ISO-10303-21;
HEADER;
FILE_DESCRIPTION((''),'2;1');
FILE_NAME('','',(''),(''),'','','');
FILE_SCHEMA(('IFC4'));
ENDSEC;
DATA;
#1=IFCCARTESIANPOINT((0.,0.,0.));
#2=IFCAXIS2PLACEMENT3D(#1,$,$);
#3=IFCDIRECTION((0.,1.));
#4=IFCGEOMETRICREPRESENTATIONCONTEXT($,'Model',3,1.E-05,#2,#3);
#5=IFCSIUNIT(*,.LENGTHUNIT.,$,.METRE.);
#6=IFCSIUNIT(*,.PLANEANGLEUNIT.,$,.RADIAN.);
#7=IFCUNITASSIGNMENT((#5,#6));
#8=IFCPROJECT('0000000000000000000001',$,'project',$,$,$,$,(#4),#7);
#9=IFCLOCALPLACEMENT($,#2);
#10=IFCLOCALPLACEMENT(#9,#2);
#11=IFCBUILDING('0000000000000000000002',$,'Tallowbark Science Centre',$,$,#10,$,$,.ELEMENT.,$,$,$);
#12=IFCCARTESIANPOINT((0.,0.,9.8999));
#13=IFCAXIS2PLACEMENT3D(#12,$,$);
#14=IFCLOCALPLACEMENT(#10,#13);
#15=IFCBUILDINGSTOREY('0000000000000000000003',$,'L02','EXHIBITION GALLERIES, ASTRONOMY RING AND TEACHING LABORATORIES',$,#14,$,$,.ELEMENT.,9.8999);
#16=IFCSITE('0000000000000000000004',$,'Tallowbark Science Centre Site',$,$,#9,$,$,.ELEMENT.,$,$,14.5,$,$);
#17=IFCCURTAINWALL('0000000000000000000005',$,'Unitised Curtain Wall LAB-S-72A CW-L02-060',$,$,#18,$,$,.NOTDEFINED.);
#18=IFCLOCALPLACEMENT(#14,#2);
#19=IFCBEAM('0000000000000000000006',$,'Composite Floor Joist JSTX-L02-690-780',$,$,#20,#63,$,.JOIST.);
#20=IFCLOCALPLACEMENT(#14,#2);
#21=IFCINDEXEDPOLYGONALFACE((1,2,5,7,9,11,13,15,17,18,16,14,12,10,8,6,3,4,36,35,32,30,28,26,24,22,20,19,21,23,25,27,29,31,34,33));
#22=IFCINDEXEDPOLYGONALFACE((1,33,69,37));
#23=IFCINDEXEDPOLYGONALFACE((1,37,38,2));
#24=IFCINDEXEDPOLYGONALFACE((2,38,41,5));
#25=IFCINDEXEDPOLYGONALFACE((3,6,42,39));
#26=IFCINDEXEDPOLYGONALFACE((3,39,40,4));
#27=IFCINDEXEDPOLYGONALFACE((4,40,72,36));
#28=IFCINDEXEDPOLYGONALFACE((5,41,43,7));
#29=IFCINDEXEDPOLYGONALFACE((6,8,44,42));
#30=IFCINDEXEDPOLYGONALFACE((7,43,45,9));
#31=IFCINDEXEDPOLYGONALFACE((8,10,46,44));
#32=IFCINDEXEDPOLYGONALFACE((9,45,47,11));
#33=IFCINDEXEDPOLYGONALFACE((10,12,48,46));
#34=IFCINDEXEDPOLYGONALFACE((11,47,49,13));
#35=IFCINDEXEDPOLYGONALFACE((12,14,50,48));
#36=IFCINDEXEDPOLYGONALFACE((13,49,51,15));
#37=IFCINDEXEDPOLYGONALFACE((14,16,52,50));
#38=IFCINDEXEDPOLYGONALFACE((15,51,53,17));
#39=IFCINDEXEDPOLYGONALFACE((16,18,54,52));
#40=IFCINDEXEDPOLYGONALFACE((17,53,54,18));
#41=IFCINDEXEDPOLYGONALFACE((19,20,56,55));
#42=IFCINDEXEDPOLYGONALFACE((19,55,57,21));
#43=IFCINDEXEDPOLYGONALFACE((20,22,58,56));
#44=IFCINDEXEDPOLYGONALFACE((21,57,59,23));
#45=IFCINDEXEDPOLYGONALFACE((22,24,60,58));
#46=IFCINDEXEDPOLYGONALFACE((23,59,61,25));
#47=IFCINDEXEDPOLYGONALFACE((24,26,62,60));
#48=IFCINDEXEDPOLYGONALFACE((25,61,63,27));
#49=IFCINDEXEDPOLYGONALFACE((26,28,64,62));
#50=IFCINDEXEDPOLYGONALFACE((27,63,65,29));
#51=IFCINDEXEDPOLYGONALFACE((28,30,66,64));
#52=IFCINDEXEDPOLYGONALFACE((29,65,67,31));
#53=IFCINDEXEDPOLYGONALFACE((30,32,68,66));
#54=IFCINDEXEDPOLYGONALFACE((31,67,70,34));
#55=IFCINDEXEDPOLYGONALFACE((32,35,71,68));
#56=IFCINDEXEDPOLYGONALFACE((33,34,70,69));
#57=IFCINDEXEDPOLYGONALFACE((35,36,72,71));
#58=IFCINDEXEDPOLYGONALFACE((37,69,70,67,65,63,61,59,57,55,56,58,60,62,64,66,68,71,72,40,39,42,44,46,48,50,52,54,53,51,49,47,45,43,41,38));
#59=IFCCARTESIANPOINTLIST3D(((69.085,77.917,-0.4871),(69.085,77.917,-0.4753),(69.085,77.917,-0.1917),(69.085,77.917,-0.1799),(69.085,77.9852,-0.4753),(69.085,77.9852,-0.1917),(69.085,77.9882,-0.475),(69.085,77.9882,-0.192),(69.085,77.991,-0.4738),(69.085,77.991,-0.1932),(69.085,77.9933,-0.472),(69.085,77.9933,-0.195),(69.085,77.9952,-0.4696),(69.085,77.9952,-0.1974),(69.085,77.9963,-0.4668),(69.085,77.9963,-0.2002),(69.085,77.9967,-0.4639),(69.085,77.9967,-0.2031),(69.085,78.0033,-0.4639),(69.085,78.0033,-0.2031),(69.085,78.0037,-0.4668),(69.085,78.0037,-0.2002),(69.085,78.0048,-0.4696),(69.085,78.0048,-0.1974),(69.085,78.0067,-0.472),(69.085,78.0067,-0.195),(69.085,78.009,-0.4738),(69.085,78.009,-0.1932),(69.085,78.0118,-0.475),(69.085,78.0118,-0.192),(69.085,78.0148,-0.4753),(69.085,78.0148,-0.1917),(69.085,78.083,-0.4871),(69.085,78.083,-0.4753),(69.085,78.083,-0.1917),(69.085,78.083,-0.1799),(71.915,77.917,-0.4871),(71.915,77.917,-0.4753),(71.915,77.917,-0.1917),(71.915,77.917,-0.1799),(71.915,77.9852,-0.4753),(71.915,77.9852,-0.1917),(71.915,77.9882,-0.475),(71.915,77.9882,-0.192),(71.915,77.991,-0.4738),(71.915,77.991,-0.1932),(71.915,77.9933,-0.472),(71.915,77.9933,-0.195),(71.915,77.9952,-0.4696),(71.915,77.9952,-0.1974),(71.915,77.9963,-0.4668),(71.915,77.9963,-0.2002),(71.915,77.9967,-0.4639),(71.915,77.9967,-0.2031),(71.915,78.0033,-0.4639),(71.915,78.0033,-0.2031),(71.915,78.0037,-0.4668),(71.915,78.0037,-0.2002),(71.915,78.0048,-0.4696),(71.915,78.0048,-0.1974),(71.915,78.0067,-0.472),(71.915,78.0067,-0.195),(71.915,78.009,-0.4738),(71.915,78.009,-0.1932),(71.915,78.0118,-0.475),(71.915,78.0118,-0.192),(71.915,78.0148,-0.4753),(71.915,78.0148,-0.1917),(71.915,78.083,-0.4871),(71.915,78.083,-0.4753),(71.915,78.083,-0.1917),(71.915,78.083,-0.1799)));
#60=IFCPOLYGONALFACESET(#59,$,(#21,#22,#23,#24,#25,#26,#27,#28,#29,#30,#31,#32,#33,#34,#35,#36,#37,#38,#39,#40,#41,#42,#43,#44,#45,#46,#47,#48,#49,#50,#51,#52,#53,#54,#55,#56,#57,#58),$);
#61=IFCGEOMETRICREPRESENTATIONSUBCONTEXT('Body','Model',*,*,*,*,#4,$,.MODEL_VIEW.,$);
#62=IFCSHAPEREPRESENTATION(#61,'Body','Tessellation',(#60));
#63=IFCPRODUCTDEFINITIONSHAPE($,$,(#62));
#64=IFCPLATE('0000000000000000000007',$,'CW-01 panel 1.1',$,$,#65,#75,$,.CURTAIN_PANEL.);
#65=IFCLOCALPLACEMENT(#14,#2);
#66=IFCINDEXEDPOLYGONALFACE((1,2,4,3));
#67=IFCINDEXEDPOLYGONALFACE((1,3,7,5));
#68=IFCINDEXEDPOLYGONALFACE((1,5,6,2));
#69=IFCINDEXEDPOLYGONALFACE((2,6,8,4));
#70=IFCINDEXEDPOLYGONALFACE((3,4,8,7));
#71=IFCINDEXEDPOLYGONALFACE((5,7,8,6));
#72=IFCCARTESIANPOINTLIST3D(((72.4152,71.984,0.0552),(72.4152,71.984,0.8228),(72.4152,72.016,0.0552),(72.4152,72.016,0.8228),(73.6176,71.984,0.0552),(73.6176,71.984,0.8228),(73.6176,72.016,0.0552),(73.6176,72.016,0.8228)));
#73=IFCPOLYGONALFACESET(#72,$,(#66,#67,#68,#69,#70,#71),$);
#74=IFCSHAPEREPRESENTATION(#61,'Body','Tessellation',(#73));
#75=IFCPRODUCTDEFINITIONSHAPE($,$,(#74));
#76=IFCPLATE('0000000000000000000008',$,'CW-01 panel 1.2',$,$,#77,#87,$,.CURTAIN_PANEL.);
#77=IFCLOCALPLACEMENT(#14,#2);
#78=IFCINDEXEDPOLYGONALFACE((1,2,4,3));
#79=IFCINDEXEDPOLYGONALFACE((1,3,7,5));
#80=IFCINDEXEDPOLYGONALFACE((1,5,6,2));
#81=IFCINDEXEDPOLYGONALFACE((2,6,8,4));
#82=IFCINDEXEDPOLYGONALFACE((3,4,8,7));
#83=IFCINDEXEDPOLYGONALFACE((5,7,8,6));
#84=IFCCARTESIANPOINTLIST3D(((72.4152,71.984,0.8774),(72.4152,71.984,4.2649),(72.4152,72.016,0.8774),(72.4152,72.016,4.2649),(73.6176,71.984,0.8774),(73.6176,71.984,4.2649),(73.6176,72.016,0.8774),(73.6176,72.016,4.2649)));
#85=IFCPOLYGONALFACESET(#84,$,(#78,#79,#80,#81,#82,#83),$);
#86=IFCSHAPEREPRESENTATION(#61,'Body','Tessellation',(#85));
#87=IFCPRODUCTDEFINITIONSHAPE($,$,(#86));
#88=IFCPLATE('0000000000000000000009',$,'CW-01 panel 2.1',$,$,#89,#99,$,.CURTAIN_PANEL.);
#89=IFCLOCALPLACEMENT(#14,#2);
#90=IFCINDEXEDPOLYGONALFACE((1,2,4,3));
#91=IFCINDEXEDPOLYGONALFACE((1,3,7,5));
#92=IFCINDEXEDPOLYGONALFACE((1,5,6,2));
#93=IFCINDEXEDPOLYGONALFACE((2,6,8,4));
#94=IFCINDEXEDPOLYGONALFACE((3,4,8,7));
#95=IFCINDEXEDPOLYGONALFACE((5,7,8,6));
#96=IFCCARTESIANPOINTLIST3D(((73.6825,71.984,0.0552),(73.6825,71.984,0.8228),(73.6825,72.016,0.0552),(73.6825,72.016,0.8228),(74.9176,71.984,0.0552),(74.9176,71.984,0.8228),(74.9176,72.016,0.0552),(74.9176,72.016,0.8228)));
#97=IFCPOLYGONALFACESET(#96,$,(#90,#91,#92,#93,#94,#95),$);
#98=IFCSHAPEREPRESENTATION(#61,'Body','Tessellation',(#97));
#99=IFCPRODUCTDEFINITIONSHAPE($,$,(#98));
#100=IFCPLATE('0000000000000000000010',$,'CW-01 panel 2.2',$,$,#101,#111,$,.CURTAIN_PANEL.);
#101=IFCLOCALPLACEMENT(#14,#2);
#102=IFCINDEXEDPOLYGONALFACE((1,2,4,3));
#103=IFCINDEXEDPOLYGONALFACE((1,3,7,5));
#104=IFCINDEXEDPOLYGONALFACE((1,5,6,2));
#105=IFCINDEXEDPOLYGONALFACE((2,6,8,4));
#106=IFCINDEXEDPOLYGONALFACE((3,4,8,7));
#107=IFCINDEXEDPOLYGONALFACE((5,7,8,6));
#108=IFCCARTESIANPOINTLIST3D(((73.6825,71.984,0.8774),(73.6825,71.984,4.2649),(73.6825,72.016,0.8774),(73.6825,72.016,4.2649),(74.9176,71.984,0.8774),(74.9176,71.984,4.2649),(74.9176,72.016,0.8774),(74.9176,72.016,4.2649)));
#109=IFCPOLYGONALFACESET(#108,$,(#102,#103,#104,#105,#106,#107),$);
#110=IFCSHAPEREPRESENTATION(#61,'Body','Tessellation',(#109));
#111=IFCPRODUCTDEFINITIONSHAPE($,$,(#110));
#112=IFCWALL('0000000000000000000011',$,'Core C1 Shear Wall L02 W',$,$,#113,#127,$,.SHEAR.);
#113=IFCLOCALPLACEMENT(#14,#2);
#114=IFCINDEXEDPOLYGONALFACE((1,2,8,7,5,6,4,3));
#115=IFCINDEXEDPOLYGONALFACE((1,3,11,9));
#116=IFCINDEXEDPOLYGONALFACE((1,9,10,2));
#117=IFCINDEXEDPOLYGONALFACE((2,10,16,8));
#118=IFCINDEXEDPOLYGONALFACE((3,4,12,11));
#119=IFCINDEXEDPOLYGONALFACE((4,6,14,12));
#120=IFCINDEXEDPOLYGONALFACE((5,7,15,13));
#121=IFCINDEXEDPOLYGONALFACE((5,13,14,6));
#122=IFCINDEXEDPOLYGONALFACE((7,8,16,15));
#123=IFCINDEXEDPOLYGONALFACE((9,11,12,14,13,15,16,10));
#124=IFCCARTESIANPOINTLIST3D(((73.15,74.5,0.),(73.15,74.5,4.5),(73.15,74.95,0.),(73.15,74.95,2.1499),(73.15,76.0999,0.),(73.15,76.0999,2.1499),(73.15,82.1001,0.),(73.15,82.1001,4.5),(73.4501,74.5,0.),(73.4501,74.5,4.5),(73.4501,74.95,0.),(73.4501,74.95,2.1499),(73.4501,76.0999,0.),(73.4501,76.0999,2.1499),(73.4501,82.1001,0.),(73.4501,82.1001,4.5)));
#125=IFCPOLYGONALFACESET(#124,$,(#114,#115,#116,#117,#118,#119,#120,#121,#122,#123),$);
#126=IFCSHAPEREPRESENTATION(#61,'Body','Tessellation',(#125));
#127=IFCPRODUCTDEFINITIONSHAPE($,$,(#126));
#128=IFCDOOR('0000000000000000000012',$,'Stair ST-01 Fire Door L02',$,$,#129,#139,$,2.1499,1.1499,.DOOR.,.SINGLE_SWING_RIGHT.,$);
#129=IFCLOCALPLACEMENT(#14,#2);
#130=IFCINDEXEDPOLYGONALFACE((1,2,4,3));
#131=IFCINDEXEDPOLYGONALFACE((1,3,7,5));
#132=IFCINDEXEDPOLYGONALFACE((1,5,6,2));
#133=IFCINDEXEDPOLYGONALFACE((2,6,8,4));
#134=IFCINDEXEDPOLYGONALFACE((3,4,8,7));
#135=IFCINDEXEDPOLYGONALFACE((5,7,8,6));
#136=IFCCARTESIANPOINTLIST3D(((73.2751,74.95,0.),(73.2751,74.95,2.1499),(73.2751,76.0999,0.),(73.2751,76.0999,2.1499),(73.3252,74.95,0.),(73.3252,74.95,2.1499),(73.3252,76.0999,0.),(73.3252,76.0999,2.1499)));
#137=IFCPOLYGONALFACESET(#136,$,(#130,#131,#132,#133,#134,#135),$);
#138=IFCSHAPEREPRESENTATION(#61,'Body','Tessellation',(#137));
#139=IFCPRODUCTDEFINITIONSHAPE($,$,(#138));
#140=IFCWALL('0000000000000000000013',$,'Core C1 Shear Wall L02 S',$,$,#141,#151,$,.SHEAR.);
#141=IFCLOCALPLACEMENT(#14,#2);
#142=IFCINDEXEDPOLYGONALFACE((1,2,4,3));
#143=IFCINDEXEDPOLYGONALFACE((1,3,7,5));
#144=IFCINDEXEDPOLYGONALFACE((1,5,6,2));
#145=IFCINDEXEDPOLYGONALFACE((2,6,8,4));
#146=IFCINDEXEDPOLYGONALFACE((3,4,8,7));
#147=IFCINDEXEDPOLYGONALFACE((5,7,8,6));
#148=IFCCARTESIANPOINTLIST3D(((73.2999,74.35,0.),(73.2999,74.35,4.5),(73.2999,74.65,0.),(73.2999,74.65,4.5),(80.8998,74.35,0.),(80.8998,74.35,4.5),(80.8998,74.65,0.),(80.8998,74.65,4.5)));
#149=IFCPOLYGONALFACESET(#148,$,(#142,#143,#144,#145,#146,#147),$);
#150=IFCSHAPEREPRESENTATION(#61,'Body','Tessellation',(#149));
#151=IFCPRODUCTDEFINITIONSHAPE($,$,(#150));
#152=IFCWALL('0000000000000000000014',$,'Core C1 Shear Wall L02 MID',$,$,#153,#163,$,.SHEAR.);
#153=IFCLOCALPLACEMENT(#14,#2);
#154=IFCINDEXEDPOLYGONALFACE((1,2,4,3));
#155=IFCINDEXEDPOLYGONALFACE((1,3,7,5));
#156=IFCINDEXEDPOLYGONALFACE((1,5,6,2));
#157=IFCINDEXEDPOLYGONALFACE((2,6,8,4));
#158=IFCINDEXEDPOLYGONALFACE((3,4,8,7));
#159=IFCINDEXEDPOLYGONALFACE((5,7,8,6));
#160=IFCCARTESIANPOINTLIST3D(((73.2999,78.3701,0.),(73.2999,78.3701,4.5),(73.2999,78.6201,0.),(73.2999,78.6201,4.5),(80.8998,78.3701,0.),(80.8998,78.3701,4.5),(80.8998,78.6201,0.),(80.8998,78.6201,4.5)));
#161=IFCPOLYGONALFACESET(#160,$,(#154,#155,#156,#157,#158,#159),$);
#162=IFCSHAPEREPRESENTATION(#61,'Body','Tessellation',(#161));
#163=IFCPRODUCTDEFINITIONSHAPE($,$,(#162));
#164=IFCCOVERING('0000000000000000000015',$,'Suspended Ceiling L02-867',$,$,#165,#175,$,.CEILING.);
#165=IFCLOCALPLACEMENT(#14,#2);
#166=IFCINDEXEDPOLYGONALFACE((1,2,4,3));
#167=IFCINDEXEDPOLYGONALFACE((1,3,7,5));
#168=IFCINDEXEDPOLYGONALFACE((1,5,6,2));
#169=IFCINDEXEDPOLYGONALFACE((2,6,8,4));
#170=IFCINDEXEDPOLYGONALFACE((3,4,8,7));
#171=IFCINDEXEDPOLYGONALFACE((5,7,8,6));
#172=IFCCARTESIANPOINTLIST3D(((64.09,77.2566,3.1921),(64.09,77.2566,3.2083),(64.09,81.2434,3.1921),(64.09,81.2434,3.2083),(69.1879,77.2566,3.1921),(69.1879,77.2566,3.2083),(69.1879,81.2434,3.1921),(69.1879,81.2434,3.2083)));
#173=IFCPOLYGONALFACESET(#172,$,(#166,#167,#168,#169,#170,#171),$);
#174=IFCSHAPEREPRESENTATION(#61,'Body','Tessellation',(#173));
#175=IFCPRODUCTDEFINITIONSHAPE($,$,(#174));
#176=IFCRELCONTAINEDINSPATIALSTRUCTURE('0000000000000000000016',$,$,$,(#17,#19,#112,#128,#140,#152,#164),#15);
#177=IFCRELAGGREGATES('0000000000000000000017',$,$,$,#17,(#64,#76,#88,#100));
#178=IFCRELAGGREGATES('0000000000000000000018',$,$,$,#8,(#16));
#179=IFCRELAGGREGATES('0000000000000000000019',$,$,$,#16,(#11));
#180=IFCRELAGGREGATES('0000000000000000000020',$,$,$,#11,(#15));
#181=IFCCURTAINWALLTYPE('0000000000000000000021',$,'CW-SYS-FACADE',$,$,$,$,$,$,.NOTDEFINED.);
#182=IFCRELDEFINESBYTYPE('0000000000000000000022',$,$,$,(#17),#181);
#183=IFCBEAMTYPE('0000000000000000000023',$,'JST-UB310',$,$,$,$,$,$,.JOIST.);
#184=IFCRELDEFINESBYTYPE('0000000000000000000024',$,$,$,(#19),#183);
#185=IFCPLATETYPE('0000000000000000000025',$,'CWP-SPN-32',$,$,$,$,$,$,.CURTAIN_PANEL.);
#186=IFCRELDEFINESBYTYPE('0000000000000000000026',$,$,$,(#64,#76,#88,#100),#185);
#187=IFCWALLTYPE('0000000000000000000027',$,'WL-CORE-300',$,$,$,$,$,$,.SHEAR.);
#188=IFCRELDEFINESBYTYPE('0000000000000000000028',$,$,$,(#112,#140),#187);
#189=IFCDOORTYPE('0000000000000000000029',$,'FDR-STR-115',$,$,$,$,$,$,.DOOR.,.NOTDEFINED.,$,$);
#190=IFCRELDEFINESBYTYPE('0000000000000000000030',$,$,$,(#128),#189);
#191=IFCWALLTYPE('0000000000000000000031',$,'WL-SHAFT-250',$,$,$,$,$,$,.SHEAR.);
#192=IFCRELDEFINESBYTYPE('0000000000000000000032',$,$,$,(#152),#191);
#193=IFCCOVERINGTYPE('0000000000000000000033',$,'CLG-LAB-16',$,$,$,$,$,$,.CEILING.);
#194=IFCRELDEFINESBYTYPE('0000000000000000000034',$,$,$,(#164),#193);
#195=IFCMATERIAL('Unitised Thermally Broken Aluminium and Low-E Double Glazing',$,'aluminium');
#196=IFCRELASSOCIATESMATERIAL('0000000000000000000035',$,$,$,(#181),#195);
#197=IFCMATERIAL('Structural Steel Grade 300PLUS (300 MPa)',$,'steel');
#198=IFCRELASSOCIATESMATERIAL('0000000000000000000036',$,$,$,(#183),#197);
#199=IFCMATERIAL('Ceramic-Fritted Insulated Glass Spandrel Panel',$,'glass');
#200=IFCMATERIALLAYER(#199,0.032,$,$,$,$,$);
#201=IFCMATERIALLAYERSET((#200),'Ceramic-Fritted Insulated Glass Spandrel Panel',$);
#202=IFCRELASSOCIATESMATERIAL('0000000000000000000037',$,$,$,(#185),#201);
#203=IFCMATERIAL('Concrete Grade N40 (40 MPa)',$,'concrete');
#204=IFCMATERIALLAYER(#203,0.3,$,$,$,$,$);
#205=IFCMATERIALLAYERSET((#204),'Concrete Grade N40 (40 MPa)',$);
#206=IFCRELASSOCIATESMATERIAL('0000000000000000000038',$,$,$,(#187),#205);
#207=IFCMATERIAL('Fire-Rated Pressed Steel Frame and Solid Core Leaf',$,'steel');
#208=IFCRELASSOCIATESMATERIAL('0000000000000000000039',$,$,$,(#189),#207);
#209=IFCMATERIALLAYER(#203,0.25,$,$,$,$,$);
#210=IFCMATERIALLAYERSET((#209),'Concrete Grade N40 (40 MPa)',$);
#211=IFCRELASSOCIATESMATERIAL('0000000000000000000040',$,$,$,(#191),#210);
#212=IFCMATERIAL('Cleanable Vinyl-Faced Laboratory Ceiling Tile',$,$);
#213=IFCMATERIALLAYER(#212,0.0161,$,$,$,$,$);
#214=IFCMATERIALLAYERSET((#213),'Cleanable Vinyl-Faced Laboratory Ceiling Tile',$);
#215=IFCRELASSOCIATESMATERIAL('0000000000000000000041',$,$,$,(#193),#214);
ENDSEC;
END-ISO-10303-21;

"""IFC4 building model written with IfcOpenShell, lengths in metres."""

from ifc_helpers import new_model, si_unit, direction, frame, frame_2d, origin, origin_2d, place, context, subcontext, project, spatial, rectangle, i_section, extrude, material, layer, layer_set, material_profile, profile_set, type_object, element, fill, aggregate, save


model = new_model("IFC4")

# Units and contexts
model_context = context("Model", 3, precision=1e-05, world=origin(), true_north=direction((0.0, 1.0)))
body_context = subcontext(model_context, "Body", "Model", "MODEL_VIEW")
ifc_project = project(units=[si_unit("LENGTHUNIT", "METRE"), si_unit("PLANEANGLEUNIT", "RADIAN")], contexts=[model_context])

# Site, building, storey
site_placement = place(None, origin())
site = spatial("IfcSite", under=ifc_project, at=site_placement, Name="Tallowbark Science Centre Site", CompositionType="ELEMENT", RefElevation=14.5)
building_placement = place(site_placement, origin())
building = spatial("IfcBuilding", under=site, at=building_placement, Name="Tallowbark Science Centre", CompositionType="ELEMENT")
storey_placement = place(building_placement, frame((0.0, 0.0, 9.8999)))
storey = spatial("IfcBuildingStorey", under=building, at=storey_placement, Name="L02", Description="EXHIBITION GALLERIES, ASTRONOMY RING AND TEACHING LABORATORIES", CompositionType="ELEMENT", Elevation=9.8999)

# Curtain wall
ifc_material_1 = material(Name="Unitised Thermally Broken Aluminium and Low-E Double Glazing", Category="aluminium")
curtain_wall_type = type_object("IfcCurtainWallType", Name="CW-SYS-FACADE", PredefinedType="NOTDEFINED", material=ifc_material_1)
curtain_wall_placement = place(storey_placement, origin())
curtain_wall = element("IfcCurtainWall", 1, at=curtain_wall_placement, inside=storey, type_object=curtain_wall_type, Name="Unitised Curtain Wall LAB-S-72A CW-L02-060", PredefinedType="NOTDEFINED")

# Beam
ifc_material_2 = material(Name="Structural Steel Grade 300PLUS (300 MPa)", Category="steel")
ifc_material_profile_1 = material_profile(ifc_material_2, i_section(OverallWidth=0.166, OverallDepth=0.3071, WebThickness=0.0066, FlangeThickness=0.0117, FilletRadius=0.0115, at=origin_2d()), Name="310UB46.2")
ifc_profile_set_1 = profile_set([ifc_material_profile_1], Name="Structural Steel Grade 300PLUS (300 MPa)")
beam_type = type_object("IfcBeamType", Name="JST-UB310", PredefinedType="JOIST", material=ifc_profile_set_1)
for number, where, z_axis, x_axis, name in (
    (2, (69.085, 78.0, -0.3335), (1.0, 0.0, 0.0), (0.0, 1.0, 0.0), "Composite Floor Joist JSTX-L02-690-780"),
):
    element("IfcBeam", number, at=place(storey_placement, frame(where, z_axis=z_axis, x_axis=x_axis)), inside=storey, type_object=beam_type, Name=name, PredefinedType="JOIST", context=body_context, shape_type="SweptSolid", body=[
        extrude(i_section(OverallWidth=0.166, OverallDepth=0.3071, WebThickness=0.0066, FlangeThickness=0.0117, FilletRadius=0.0115, at=origin_2d()), origin(), (0.0, 0.0, 1.0), 2.8301),
    ])

# Plates
ifc_material_3 = material(Name="Ceramic-Fritted Insulated Glass Spandrel Panel", Category="glass")
ifc_layer_1 = layer(ifc_material_3, 0.032)
ifc_layer_set_1 = layer_set([ifc_layer_1], Name="Ceramic-Fritted Insulated Glass Spandrel Panel")
plate_type = type_object("IfcPlateType", Name="CWP-SPN-32", PredefinedType="CURTAIN_PANEL", material=ifc_layer_set_1)
plate_1_placement = place(storey_placement, frame((73.0164, 72.0, 0.0552), z_axis=(0.0, 0.0, 1.0), x_axis=(1.0, 0.0, 0.0)))
plate_1 = element("IfcPlate", 3, at=plate_1_placement, type_object=plate_type, Name="CW-01 panel 1.1", PredefinedType="CURTAIN_PANEL", context=body_context, shape_type="SweptSolid", body=[
    extrude(rectangle(XDim=1.2024, YDim=0.032, at=origin_2d()), origin(), (0.0, 0.0, 1.0), 0.7676),
])
plate_2_placement = place(storey_placement, frame((73.0164, 72.0, 0.8774), z_axis=(0.0, 0.0, 1.0), x_axis=(1.0, 0.0, 0.0)))
plate_2 = element("IfcPlate", 4, at=plate_2_placement, type_object=plate_type, Name="CW-01 panel 1.2", PredefinedType="CURTAIN_PANEL", context=body_context, shape_type="SweptSolid", body=[
    extrude(rectangle(XDim=1.2024, YDim=0.032, at=origin_2d()), origin(), (0.0, 0.0, 1.0), 3.3875),
])
plate_3_placement = place(storey_placement, frame((74.3, 72.0, 0.0552), z_axis=(0.0, 0.0, 1.0), x_axis=(1.0, 0.0, 0.0)))
plate_3 = element("IfcPlate", 5, at=plate_3_placement, type_object=plate_type, Name="CW-01 panel 2.1", PredefinedType="CURTAIN_PANEL", context=body_context, shape_type="SweptSolid", body=[
    extrude(rectangle(XDim=1.2351, YDim=0.032, at=origin_2d()), origin(), (0.0, 0.0, 1.0), 0.7676),
])
plate_4_placement = place(storey_placement, frame((74.3, 72.0, 0.8774), z_axis=(0.0, 0.0, 1.0), x_axis=(1.0, 0.0, 0.0)))
plate_4 = element("IfcPlate", 6, at=plate_4_placement, type_object=plate_type, Name="CW-01 panel 2.2", PredefinedType="CURTAIN_PANEL", context=body_context, shape_type="SweptSolid", body=[
    extrude(rectangle(XDim=1.2351, YDim=0.032, at=origin_2d()), origin(), (0.0, 0.0, 1.0), 3.3875),
])
aggregate(curtain_wall, [plate_1, plate_2, plate_3, plate_4])

# Wall, opening, door
ifc_material_4 = material(Name="Concrete Grade N40 (40 MPa)", Category="concrete")
ifc_layer_2 = layer(ifc_material_4, 0.3)
ifc_layer_set_2 = layer_set([ifc_layer_2], Name="Concrete Grade N40 (40 MPa)")
wall_type_1 = type_object("IfcWallType", Name="WL-CORE-300", PredefinedType="SHEAR", material=ifc_layer_set_2)
wall_1_placement = place(storey_placement, frame((73.3, 74.5, 0.0), z_axis=(0.0, 0.0, 1.0), x_axis=(0.0, 1.0, 0.0)))
wall_1 = element("IfcWall", 7, at=wall_1_placement, inside=storey, type_object=wall_type_1, Name="Core C1 Shear Wall L02 W", PredefinedType="SHEAR", context=body_context, shape_type="SweptSolid", body=[
    extrude(rectangle(XDim=7.6001, YDim=0.3, at=frame_2d((3.8, 0.0))), origin(), (0.0, 0.0, 1.0), 4.5),
])
opening_placement = place(wall_1_placement, frame((0.45, 0.0, 0.0)))
opening = element("IfcOpeningElement", 8, at=opening_placement, cuts=wall_1, PredefinedType="OPENING", context=body_context, shape_type="SweptSolid", body=[
    extrude(rectangle(XDim=1.1499, YDim=2.1499, at=frame_2d((0.575, 1.075))), frame((0.0, 0.1602, 0.0), z_axis=(0.0, -1.0, 0.0), x_axis=(1.0, 0.0, 0.0)), (0.0, 0.0, 1.0), 0.3201),
])
ifc_material_5 = material(Name="Fire-Rated Pressed Steel Frame and Solid Core Leaf", Category="steel")
door_type = type_object("IfcDoorType", Name="FDR-STR-115", OperationType="NOTDEFINED", PredefinedType="DOOR", material=ifc_material_5)
door_placement = place(opening_placement, origin())
door = element("IfcDoor", 9, at=door_placement, inside=storey, type_object=door_type, Name="Stair ST-01 Fire Door L02", OperationType="SINGLE_SWING_RIGHT", OverallHeight=2.1499, OverallWidth=1.1499, PredefinedType="DOOR", context=body_context, shape_type="SweptSolid", body=[
    extrude(rectangle(XDim=1.1499, YDim=2.1499, at=frame_2d((0.575, 1.075))), frame((0.0, 0.0249, 0.0), z_axis=(0.0, -1.0, 0.0), x_axis=(1.0, 0.0, 0.0)), (0.0, 0.0, 1.0), 0.05),
])
fill(opening, door)

# Walls
wall_2_placement = place(storey_placement, frame((73.3, 74.5, 0.0), z_axis=(0.0, 0.0, 1.0), x_axis=(1.0, 0.0, 0.0)))
element("IfcWall", 10, at=wall_2_placement, inside=storey, type_object=wall_type_1, Name="Core C1 Shear Wall L02 S", PredefinedType="SHEAR", context=body_context, shape_type="SweptSolid", body=[
    extrude(rectangle(XDim=7.5999, YDim=0.3, at=frame_2d((3.7998, 0.0))), origin(), (0.0, 0.0, 1.0), 4.5),
])
ifc_layer_3 = layer(ifc_material_4, 0.25)
ifc_layer_set_3 = layer_set([ifc_layer_3], Name="Concrete Grade N40 (40 MPa)")
wall_type_2 = type_object("IfcWallType", Name="WL-SHAFT-250", PredefinedType="SHEAR", material=ifc_layer_set_3)
wall_3_placement = place(storey_placement, frame((73.3, 78.4951, 0.0), z_axis=(0.0, 0.0, 1.0), x_axis=(1.0, 0.0, 0.0)))
element("IfcWall", 11, at=wall_3_placement, inside=storey, type_object=wall_type_2, Name="Core C1 Shear Wall L02 MID", PredefinedType="SHEAR", context=body_context, shape_type="SweptSolid", body=[
    extrude(rectangle(XDim=7.5999, YDim=0.25, at=frame_2d((3.7998, 0.0))), origin(), (0.0, 0.0, 1.0), 4.5),
])

# Covering
ifc_material_6 = material(Name="Cleanable Vinyl-Faced Laboratory Ceiling Tile")
ifc_layer_4 = layer(ifc_material_6, 0.0161)
ifc_layer_set_4 = layer_set([ifc_layer_4], Name="Cleanable Vinyl-Faced Laboratory Ceiling Tile")
covering_type_1 = type_object("IfcCoveringType", Name="CLG-LAB-16", PredefinedType="CEILING", material=ifc_layer_set_4)
covering_1_placement = place(storey_placement, frame((66.6389, 79.25, 3.1921), z_axis=(0.0, 0.0, 1.0), x_axis=(1.0, 0.0, 0.0)))
element("IfcCovering", 12, at=covering_1_placement, inside=storey, type_object=covering_type_1, Name="Suspended Ceiling L02-867", PredefinedType="CEILING", context=body_context, shape_type="SweptSolid", body=[
    extrude(rectangle(XDim=5.0979, YDim=3.9868, at=origin_2d()), origin(), (0.0, 0.0, 1.0), 0.0161),
])

save(model, "model.ifc")
